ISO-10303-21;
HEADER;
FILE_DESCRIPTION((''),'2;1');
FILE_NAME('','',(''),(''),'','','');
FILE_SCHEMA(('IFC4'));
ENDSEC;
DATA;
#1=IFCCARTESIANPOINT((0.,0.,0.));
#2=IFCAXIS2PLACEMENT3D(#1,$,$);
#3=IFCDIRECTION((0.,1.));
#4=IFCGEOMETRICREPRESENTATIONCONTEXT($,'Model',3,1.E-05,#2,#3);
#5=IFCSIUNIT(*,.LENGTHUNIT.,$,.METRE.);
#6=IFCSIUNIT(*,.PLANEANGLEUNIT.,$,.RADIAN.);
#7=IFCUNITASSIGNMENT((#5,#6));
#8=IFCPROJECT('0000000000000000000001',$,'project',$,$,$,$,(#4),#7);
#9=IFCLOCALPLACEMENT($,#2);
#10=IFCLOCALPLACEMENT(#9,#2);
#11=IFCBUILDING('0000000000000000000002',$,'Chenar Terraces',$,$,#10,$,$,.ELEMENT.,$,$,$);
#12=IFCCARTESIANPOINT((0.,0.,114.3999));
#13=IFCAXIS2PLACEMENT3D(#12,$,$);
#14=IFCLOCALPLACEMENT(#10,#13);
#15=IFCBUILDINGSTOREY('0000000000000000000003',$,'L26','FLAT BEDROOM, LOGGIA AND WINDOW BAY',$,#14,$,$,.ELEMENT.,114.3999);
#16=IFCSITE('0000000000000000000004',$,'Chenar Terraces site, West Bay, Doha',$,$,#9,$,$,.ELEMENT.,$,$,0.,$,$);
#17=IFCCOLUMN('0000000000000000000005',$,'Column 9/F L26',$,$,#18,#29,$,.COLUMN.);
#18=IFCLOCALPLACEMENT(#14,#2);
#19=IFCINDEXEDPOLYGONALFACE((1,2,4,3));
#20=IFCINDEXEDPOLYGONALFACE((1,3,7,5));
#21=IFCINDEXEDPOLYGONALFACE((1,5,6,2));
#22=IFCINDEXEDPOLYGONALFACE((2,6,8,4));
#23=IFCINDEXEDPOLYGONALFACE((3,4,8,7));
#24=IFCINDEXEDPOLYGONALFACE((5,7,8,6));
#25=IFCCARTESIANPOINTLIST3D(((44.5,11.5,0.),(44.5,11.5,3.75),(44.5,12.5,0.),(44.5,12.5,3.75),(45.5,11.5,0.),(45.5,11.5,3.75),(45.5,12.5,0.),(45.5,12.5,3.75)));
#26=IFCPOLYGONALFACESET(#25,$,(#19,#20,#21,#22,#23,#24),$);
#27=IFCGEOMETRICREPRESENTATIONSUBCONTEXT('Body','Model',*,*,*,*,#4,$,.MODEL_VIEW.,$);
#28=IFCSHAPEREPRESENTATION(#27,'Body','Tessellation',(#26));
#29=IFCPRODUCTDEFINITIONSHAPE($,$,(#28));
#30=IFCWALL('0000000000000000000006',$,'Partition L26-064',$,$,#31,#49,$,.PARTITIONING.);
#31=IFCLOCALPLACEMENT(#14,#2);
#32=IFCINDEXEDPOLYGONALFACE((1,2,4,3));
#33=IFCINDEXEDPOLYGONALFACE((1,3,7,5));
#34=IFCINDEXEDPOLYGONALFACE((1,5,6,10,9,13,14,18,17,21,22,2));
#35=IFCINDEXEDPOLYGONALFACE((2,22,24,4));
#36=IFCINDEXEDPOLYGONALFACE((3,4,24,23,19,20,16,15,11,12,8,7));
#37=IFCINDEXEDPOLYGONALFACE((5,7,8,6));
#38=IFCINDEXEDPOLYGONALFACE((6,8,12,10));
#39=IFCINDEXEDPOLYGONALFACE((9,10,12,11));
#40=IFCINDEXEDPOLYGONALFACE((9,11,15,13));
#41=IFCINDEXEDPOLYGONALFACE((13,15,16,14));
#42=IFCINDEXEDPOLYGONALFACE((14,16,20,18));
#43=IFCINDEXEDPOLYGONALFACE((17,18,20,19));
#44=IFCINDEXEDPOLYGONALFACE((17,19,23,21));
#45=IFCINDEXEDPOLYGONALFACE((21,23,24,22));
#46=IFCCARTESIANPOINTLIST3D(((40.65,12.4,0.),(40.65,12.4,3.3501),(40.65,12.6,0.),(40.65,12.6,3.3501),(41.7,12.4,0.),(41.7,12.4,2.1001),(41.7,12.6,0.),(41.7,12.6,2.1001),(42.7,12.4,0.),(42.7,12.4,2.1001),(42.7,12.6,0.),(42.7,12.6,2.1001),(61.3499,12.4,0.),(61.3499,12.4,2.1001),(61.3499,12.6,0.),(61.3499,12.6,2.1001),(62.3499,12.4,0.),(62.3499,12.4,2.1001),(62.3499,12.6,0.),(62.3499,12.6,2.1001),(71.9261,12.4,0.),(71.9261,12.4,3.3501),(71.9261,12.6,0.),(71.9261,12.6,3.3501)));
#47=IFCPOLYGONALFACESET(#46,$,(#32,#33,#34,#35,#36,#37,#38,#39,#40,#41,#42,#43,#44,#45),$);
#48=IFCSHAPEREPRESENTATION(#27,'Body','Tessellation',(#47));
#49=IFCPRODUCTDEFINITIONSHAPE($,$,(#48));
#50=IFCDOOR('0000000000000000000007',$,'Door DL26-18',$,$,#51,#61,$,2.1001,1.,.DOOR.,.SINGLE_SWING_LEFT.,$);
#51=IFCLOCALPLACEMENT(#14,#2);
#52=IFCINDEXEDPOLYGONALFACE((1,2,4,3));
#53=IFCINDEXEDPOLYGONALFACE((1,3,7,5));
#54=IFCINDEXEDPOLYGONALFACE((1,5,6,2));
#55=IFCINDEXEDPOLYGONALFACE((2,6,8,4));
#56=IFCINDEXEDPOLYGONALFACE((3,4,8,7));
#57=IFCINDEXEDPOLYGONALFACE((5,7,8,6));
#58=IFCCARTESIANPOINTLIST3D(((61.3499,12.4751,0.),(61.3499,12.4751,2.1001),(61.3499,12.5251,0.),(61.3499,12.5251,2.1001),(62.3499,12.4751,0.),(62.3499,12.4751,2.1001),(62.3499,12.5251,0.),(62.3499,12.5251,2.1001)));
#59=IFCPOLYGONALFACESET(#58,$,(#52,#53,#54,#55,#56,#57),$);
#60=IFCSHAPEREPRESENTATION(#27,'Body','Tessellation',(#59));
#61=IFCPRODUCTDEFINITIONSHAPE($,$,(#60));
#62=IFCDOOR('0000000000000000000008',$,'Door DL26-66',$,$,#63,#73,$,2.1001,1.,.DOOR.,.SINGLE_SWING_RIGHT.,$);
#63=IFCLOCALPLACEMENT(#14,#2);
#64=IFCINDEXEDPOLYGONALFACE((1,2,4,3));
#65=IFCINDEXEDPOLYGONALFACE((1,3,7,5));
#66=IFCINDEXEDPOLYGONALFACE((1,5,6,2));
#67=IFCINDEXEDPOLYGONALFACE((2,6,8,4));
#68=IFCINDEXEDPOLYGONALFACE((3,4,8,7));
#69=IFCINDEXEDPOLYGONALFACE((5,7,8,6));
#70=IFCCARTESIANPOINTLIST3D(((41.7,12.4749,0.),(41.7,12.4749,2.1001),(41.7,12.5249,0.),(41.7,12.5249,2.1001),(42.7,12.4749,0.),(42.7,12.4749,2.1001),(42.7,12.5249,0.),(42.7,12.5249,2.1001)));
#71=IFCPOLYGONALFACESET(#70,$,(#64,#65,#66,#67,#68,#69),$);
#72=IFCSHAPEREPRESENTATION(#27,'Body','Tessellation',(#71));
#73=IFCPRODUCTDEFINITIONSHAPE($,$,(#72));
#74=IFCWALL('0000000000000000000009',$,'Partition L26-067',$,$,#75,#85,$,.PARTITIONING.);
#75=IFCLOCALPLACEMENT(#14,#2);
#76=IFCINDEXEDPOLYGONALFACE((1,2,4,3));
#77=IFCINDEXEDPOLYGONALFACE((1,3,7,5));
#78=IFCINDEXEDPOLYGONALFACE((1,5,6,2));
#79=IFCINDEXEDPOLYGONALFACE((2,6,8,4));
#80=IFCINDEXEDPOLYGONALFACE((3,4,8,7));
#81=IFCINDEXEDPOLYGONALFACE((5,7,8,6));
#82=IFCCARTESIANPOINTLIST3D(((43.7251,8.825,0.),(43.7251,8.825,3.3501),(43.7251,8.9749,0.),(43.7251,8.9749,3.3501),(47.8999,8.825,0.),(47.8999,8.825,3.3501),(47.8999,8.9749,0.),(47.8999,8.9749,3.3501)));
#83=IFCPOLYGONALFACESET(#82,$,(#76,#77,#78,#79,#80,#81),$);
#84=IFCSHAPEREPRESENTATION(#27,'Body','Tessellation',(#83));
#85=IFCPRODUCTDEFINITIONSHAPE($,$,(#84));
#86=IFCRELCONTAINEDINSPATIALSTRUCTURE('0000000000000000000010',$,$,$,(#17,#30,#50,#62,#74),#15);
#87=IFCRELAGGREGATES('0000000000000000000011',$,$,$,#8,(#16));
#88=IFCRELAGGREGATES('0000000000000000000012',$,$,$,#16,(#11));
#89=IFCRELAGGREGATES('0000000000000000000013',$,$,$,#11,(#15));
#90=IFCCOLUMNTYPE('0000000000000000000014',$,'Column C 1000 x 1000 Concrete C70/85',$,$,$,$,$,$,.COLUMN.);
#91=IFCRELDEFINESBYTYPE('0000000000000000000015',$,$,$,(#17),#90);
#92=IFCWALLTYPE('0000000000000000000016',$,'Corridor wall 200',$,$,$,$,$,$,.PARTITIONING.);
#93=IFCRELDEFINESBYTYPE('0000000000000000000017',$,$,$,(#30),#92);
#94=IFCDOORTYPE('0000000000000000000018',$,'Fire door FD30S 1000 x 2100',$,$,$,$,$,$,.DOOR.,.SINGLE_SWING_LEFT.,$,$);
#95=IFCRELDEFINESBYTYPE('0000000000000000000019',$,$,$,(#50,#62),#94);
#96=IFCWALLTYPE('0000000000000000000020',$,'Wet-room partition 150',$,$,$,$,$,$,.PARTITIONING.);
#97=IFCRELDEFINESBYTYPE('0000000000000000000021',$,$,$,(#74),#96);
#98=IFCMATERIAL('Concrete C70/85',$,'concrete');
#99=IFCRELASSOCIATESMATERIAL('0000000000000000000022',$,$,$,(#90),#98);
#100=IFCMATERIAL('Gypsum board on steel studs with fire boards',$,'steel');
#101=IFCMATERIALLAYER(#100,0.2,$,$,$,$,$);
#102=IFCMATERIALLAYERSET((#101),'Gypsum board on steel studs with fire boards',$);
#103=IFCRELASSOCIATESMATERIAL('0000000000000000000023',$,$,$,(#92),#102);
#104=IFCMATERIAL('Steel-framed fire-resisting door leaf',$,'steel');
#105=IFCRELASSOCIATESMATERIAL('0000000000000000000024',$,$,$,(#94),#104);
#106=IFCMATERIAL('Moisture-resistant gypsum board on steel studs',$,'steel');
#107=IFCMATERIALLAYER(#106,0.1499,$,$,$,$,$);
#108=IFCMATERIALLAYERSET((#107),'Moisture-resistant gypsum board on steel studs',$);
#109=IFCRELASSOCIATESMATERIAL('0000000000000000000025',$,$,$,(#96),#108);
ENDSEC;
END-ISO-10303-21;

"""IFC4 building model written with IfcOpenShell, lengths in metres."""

from ifc_helpers import new_model, si_unit, direction, frame, frame_2d, origin, origin_2d, place, context, subcontext, project, spatial, rectangle, extrude, material, layer, layer_set, material_profile, profile_set, type_object, element, fill, save


model = new_model("IFC4")

# Units and contexts
model_context = context("Model", 3, precision=1e-05, world=origin(), true_north=direction((0.0, 1.0)))
body_context = subcontext(model_context, "Body", "Model", "MODEL_VIEW")
ifc_project = project(units=[si_unit("LENGTHUNIT", "METRE"), si_unit("PLANEANGLEUNIT", "RADIAN")], contexts=[model_context])

# Site, building, storey
site_placement = place(None, origin())
site = spatial("IfcSite", under=ifc_project, at=site_placement, Name="Chenar Terraces site, West Bay, Doha", CompositionType="ELEMENT", RefElevation=0.0)
building_placement = place(site_placement, origin())
building = spatial("IfcBuilding", under=site, at=building_placement, Name="Chenar Terraces", CompositionType="ELEMENT")
storey_placement = place(building_placement, frame((0.0, 0.0, 114.3999)))
storey = spatial("IfcBuildingStorey", under=building, at=storey_placement, Name="L26", Description="FLAT BEDROOM, LOGGIA AND WINDOW BAY", CompositionType="ELEMENT", Elevation=114.3999)

# Column
ifc_material_1 = material(Name="Concrete C70/85", Category="concrete")
ifc_material_profile = material_profile(ifc_material_1, rectangle(XDim=1.0, YDim=1.0, at=origin_2d()), Name="C 1000 x 1000")
ifc_profile_set = profile_set([ifc_material_profile], Name="Concrete C70/85")
column_type = type_object("IfcColumnType", Name="Column C 1000 x 1000 Concrete C70/85", PredefinedType="COLUMN", material=ifc_profile_set)
column_placement = place(storey_placement, frame((45.0, 12.0, 0.0), z_axis=(0.0, 0.0, 1.0), x_axis=(1.0, 0.0, 0.0)))
element("IfcColumn", 1, at=column_placement, inside=storey, type_object=column_type, Name="Column 9/F L26", PredefinedType="COLUMN", context=body_context, shape_type="SweptSolid", body=[
    extrude(rectangle(XDim=1.0, YDim=1.0, at=origin_2d()), origin(), (0.0, 0.0, 1.0), 3.75),
])

# Wall, openings, doors
ifc_material_2 = material(Name="Gypsum board on steel studs with fire boards", Category="steel")
ifc_layer_1 = layer(ifc_material_2, 0.2)
ifc_layer_set_1 = layer_set([ifc_layer_1], Name="Gypsum board on steel studs with fire boards")
wall_type_1 = type_object("IfcWallType", Name="Corridor wall 200", PredefinedType="PARTITIONING", material=ifc_layer_set_1)
wall_1_placement = place(storey_placement, frame((40.6499, 12.5, 0.0), z_axis=(0.0, 0.0, 1.0), x_axis=(1.0, 0.0, 0.0)))
wall_1 = element("IfcWall", 2, at=wall_1_placement, inside=storey, type_object=wall_type_1, Name="Partition L26-064", PredefinedType="PARTITIONING", context=body_context, shape_type="SweptSolid", body=[
    extrude(rectangle(XDim=31.2761, YDim=0.2, at=frame_2d((15.6382, 0.0))), origin(), (0.0, 0.0, 1.0), 3.3501),
])
opening_1_placement = place(wall_1_placement, frame((20.7, 0.0, 0.0)))
opening_1 = element("IfcOpeningElement", 3, at=opening_1_placement, cuts=wall_1, PredefinedType="OPENING", context=body_context, shape_type="SweptSolid", body=[
    extrude(rectangle(XDim=1.0, YDim=2.1001, at=frame_2d((0.5, 1.05))), frame((0.0, 0.1099, 0.0), z_axis=(0.0, -1.0, 0.0), x_axis=(1.0, 0.0, 0.0)), (0.0, 0.0, 1.0), 0.22),
])
opening_2_placement = place(wall_1_placement, frame((1.05, 0.0, 0.0)))
opening_2 = element("IfcOpeningElement", 4, at=opening_2_placement, cuts=wall_1, PredefinedType="OPENING", context=body_context, shape_type="SweptSolid", body=[
    extrude(rectangle(XDim=1.0, YDim=2.1001, at=frame_2d((0.5, 1.05))), frame((0.0, 0.1099, 0.0), z_axis=(0.0, -1.0, 0.0), x_axis=(1.0, 0.0, 0.0)), (0.0, 0.0, 1.0), 0.22),
])
ifc_material_3 = material(Name="Steel-framed fire-resisting door leaf", Category="steel")
door_type_1 = type_object("IfcDoorType", Name="Fire door FD30S 1000 x 2100", OperationType="SINGLE_SWING_LEFT", PredefinedType="DOOR", material=ifc_material_3)
door_1_placement = place(opening_1_placement, frame((1.0, 0.0, 0.0), z_axis=(0.0, 0.0, 1.0), x_axis=(-1.0, 0.0, 0.0)))
door_1 = element("IfcDoor", 5, at=door_1_placement, inside=storey, type_object=door_type_1, Name="Door DL26-18", OperationType="SINGLE_SWING_LEFT", OverallHeight=2.1001, OverallWidth=1.0, PredefinedType="DOOR", context=body_context, shape_type="SweptSolid", body=[
    extrude(rectangle(XDim=1.0, YDim=2.1001, at=frame_2d((0.5, 1.05))), frame((0.0, 0.0249, 0.0), z_axis=(0.0, -1.0, 0.0), x_axis=(1.0, 0.0, 0.0)), (0.0, 0.0, 1.0), 0.05),
])
fill(opening_1, door_1)
door_2_placement = place(opening_2_placement, origin())
door_2 = element("IfcDoor", 6, at=door_2_placement, inside=storey, type_object=door_type_1, Name="Door DL26-66", OperationType="SINGLE_SWING_RIGHT", OverallHeight=2.1001, OverallWidth=1.0, PredefinedType="DOOR", context=body_context, shape_type="SweptSolid", body=[
    extrude(rectangle(XDim=1.0, YDim=2.1001, at=frame_2d((0.5, 1.05))), frame((0.0, 0.0249, 0.0), z_axis=(0.0, -1.0, 0.0), x_axis=(1.0, 0.0, 0.0)), (0.0, 0.0, 1.0), 0.05),
])
fill(opening_2, door_2)

# Wall
ifc_material_4 = material(Name="Moisture-resistant gypsum board on steel studs", Category="steel")
ifc_layer_2 = layer(ifc_material_4, 0.1499)
ifc_layer_set_2 = layer_set([ifc_layer_2], Name="Moisture-resistant gypsum board on steel studs")
wall_type_2 = type_object("IfcWallType", Name="Wet-room partition 150", PredefinedType="PARTITIONING", material=ifc_layer_set_2)
wall_2_placement = place(storey_placement, frame((43.7251, 8.8999, 0.0), z_axis=(0.0, 0.0, 1.0), x_axis=(1.0, 0.0, 0.0)))
element("IfcWall", 7, at=wall_2_placement, inside=storey, type_object=wall_type_2, Name="Partition L26-067", PredefinedType="PARTITIONING", context=body_context, shape_type="SweptSolid", body=[
    extrude(rectangle(XDim=4.1748, YDim=0.1499, at=frame_2d((2.0874, 0.0))), origin(), (0.0, 0.0, 1.0), 3.3501),
])

save(model, "model.ifc")
